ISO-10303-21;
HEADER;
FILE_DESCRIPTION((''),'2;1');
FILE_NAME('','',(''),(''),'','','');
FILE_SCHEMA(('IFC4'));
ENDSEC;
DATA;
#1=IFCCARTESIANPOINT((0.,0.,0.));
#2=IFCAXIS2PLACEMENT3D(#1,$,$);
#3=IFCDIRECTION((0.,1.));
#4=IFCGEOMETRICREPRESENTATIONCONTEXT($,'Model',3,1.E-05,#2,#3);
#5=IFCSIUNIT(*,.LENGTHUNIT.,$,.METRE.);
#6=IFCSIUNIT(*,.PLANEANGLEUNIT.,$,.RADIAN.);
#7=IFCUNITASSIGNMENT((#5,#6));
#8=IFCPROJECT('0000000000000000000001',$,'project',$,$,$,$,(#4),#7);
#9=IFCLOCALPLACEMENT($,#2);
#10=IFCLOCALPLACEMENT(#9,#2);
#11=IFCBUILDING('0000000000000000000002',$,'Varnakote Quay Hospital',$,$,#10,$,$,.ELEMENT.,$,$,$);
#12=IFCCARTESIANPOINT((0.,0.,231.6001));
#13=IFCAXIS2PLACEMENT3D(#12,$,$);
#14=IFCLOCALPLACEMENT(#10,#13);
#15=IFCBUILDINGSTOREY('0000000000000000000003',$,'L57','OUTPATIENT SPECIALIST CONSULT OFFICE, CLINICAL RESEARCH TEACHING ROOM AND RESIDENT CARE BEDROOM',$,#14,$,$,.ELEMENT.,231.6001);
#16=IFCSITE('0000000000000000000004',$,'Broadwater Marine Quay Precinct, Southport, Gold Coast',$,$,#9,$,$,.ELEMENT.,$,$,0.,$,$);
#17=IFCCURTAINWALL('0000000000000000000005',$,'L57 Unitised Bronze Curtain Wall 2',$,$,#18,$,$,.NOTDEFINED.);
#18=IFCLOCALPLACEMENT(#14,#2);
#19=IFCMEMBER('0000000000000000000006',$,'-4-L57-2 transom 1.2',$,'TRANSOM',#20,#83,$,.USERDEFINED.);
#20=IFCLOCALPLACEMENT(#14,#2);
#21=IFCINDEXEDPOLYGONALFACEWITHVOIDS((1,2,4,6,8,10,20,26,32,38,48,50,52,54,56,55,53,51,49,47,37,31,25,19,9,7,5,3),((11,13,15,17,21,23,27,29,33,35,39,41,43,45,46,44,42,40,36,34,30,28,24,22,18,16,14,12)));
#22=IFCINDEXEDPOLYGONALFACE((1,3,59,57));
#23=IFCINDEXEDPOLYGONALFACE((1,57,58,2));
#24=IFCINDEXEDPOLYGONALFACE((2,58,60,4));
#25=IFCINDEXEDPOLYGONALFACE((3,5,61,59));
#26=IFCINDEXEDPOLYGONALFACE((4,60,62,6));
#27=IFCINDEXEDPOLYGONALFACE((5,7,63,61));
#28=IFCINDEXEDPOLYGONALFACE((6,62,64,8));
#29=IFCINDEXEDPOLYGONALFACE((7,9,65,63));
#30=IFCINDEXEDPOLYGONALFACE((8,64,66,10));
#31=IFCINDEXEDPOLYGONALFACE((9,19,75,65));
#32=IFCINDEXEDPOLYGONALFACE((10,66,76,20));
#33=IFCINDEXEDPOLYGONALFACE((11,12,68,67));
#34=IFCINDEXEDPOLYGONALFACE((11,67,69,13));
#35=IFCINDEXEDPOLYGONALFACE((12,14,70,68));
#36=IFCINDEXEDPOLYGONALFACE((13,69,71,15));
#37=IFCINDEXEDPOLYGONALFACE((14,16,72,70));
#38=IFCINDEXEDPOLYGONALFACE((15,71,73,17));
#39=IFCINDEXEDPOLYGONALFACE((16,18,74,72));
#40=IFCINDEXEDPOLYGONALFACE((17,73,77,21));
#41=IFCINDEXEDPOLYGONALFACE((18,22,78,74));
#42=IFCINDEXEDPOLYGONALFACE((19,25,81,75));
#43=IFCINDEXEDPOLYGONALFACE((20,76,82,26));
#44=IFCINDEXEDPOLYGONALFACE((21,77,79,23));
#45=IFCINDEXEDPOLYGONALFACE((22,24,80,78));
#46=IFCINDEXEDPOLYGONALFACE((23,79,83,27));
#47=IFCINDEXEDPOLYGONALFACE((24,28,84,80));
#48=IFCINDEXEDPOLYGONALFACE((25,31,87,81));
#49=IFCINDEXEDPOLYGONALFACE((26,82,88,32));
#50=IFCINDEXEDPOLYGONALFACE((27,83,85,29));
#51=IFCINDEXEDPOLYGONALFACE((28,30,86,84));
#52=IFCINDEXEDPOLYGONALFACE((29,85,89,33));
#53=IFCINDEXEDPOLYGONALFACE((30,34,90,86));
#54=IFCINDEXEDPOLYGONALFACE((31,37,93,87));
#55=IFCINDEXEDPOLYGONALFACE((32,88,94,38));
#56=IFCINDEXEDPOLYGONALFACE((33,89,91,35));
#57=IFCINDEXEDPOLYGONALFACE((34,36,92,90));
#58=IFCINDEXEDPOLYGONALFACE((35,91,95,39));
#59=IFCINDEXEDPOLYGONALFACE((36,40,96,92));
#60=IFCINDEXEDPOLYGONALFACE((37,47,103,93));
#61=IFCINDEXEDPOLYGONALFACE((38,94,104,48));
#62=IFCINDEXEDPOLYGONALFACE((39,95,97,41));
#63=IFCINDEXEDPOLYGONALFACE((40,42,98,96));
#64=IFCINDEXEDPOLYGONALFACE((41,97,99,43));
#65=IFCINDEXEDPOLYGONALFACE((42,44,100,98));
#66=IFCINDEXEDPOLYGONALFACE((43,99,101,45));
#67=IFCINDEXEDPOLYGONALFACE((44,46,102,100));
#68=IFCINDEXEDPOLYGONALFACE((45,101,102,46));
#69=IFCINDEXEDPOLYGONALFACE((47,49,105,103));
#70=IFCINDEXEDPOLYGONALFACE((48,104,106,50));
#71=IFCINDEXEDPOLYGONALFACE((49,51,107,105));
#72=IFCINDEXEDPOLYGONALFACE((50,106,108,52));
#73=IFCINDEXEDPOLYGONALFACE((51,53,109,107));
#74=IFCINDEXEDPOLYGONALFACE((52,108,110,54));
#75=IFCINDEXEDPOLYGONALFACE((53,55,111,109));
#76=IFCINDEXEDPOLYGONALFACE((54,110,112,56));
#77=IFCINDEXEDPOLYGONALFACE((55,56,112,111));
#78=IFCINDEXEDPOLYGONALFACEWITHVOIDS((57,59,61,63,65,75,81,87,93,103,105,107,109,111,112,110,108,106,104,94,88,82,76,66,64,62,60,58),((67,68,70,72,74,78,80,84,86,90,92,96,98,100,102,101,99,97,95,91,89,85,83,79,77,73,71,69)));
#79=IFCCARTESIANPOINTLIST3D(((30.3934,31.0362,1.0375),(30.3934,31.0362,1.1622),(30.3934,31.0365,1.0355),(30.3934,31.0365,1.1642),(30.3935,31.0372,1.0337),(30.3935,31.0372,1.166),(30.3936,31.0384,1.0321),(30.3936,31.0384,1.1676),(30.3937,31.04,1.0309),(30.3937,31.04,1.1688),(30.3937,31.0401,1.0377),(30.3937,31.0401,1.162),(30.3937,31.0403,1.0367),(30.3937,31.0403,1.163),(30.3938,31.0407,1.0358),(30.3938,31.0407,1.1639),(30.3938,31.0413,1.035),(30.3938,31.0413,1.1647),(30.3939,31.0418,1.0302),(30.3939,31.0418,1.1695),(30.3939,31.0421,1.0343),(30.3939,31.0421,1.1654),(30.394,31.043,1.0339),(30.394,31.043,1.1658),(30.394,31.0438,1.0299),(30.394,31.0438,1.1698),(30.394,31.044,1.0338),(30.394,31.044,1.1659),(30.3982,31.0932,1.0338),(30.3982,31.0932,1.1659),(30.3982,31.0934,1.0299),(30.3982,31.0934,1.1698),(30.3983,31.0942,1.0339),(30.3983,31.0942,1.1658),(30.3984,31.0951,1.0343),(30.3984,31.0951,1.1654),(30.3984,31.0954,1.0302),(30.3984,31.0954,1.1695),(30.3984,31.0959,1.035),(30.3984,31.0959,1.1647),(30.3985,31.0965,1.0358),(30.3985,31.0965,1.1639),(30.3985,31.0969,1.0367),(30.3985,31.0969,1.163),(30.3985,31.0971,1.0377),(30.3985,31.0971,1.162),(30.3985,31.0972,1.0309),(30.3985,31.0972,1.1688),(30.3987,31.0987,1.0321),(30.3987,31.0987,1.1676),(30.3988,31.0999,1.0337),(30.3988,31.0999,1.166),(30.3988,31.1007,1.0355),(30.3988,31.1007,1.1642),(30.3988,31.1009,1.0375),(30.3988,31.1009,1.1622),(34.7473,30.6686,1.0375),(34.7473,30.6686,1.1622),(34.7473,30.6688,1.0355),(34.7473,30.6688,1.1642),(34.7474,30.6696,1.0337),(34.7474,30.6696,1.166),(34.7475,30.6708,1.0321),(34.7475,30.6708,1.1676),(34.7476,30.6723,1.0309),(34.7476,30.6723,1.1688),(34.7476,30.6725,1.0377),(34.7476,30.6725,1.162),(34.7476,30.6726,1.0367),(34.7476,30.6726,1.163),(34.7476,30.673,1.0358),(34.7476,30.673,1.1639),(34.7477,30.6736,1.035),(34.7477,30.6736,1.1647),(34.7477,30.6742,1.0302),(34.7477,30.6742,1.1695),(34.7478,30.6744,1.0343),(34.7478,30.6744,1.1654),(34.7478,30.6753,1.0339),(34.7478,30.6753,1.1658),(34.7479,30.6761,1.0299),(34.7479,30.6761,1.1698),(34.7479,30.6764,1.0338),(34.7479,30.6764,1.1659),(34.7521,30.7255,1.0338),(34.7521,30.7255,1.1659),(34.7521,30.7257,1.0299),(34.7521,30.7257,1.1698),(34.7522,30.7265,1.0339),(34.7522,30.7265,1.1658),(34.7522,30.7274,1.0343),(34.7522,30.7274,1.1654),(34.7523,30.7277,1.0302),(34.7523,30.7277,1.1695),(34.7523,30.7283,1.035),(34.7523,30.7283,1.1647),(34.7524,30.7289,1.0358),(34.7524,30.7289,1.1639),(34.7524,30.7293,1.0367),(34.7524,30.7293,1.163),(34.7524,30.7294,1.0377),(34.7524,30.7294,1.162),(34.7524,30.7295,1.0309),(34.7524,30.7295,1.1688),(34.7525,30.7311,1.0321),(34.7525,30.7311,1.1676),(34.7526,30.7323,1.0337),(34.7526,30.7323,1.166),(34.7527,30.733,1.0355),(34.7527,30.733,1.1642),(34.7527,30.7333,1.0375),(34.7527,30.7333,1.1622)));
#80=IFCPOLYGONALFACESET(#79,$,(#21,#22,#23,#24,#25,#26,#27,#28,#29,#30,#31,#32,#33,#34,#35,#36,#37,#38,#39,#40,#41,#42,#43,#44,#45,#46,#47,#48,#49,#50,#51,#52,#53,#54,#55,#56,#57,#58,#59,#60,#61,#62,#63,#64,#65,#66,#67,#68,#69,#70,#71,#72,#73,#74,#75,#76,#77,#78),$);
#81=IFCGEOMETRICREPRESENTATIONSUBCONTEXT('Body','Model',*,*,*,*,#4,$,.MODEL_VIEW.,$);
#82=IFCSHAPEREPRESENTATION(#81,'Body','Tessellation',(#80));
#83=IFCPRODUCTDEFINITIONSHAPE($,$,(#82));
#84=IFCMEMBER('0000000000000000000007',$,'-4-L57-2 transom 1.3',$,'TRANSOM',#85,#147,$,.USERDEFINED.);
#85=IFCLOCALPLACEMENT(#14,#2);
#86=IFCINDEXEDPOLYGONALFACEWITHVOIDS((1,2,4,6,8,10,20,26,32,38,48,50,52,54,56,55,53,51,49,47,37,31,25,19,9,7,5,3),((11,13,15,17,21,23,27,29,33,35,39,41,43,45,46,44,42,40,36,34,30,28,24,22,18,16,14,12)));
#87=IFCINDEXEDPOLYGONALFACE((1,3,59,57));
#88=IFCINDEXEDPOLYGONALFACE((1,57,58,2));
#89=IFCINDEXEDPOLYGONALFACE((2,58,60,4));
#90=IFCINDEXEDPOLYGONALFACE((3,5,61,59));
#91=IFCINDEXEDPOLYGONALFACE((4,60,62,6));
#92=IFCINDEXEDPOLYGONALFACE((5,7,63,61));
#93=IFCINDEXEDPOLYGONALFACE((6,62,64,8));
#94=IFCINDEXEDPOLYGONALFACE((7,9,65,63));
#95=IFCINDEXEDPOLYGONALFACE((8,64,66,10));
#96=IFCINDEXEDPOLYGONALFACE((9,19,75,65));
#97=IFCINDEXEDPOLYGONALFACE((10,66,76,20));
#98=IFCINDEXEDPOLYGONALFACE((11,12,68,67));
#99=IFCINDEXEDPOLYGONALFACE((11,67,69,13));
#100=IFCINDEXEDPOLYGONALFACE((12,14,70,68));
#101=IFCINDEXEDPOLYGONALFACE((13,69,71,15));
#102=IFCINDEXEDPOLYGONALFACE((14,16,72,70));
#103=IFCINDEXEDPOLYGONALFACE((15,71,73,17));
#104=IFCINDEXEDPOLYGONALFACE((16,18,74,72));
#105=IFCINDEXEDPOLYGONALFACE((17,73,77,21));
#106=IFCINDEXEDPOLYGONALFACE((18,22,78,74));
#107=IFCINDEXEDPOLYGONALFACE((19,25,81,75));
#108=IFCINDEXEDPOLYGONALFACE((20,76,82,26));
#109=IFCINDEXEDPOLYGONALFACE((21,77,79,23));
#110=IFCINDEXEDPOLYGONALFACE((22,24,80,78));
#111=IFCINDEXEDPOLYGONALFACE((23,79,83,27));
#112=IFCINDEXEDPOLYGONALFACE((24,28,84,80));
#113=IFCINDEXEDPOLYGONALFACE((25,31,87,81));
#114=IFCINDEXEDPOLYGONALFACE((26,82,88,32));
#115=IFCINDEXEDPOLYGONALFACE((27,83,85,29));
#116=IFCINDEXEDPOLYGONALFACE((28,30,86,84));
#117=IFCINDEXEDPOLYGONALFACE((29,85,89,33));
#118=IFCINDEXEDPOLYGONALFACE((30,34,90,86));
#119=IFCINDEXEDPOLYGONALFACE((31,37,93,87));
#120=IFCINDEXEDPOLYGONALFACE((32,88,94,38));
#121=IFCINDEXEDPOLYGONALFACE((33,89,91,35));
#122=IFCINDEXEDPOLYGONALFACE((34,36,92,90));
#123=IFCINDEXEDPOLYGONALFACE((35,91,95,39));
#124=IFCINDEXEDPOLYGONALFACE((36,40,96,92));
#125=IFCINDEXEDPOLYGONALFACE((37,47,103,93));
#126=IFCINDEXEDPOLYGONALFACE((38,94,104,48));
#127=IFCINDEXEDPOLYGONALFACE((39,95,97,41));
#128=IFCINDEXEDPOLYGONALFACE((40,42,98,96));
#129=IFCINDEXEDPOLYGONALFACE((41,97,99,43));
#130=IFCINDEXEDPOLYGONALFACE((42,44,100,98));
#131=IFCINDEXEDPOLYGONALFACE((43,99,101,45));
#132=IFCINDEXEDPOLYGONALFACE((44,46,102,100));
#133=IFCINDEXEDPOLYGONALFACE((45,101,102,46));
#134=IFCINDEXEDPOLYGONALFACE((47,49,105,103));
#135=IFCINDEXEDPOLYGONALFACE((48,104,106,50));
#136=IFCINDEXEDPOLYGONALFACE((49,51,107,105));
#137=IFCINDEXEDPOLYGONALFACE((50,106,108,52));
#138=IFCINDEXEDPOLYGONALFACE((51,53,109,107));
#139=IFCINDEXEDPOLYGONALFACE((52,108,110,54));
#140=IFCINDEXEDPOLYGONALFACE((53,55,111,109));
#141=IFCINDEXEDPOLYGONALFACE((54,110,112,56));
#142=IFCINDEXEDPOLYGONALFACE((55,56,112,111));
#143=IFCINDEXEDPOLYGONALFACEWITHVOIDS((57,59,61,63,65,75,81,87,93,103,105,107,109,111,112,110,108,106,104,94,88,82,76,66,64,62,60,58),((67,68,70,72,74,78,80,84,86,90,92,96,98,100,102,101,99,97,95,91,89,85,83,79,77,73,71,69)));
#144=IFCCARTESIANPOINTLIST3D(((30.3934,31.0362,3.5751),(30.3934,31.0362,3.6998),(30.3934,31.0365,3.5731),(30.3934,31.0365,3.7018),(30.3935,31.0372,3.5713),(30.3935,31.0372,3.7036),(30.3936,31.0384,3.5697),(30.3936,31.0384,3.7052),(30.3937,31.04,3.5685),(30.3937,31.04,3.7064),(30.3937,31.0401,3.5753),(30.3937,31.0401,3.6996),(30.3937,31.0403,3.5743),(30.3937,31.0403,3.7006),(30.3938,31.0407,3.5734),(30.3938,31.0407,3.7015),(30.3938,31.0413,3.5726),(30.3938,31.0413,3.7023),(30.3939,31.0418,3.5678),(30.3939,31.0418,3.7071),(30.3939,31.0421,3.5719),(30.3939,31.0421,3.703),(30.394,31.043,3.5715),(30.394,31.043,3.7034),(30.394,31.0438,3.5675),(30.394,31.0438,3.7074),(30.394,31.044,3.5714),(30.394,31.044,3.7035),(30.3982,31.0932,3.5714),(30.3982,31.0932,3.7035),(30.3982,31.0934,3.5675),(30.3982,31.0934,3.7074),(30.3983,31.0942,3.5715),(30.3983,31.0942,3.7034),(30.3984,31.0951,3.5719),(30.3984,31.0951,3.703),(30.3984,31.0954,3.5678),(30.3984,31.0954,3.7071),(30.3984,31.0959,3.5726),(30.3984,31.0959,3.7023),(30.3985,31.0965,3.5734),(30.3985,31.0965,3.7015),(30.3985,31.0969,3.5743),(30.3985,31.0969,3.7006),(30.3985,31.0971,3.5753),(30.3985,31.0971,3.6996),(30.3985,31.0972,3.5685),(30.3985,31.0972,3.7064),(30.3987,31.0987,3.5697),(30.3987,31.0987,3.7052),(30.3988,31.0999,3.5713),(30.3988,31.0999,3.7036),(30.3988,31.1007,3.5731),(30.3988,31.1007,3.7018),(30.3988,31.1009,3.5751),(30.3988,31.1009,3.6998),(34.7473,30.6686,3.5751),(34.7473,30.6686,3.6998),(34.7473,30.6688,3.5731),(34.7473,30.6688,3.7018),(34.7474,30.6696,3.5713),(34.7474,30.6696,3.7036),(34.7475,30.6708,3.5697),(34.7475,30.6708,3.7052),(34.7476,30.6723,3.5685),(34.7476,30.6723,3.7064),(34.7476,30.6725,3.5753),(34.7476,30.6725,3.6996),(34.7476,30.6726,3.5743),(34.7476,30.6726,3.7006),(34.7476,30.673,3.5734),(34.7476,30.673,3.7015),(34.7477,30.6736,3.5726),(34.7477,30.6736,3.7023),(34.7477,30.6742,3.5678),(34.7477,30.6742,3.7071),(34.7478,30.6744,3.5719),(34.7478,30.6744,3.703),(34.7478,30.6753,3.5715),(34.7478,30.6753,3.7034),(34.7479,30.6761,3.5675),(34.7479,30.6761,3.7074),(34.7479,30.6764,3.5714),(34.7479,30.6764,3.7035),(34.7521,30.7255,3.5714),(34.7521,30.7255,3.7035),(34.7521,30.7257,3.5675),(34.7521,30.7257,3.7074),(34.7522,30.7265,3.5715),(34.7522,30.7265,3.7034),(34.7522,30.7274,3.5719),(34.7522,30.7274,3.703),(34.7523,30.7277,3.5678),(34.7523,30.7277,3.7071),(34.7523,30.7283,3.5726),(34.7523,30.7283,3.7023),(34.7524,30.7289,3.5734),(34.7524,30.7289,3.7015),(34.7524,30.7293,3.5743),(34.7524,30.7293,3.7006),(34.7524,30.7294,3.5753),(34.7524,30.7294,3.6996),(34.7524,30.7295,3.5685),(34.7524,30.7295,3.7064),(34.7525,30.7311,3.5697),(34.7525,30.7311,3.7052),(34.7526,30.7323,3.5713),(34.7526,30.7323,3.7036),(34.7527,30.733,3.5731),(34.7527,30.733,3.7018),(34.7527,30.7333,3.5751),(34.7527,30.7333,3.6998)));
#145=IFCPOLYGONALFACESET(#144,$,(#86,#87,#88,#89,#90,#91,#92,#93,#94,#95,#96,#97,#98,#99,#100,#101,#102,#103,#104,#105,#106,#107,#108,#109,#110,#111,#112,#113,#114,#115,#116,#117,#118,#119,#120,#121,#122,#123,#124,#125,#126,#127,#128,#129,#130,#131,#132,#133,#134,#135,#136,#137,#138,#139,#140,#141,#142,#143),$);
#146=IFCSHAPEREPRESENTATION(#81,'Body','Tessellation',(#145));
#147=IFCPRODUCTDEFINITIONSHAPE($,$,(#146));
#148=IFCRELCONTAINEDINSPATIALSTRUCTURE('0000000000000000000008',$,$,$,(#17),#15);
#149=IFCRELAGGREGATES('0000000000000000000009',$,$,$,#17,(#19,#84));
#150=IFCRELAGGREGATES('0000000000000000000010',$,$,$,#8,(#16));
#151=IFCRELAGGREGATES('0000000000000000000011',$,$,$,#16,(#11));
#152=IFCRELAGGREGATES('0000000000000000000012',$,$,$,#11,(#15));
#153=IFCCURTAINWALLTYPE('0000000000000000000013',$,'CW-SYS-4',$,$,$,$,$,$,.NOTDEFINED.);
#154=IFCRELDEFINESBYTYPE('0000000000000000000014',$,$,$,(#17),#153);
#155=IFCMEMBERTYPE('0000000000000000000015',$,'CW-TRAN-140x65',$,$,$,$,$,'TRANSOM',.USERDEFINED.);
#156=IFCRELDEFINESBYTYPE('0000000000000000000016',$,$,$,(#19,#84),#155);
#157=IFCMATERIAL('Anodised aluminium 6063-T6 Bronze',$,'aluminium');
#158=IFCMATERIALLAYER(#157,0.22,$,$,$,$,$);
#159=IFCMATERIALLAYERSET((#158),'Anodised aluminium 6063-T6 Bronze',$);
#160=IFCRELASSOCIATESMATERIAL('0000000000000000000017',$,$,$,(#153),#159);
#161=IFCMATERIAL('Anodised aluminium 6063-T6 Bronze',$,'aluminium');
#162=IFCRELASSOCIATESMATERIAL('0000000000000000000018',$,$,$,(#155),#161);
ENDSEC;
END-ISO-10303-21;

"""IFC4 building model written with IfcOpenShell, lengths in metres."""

from ifc_helpers import new_model, si_unit, direction, frame, origin, origin_2d, place, context, subcontext, project, spatial, hollow_rectangle, extrude, material, layer, layer_set, material_profile, profile_set, type_object, element, aggregate, save


model = new_model("IFC4")

# Units and contexts
model_context = context("Model", 3, precision=1e-05, world=origin(), true_north=direction((0.0, 1.0)))
body_context = subcontext(model_context, "Body", "Model", "MODEL_VIEW")
ifc_project = project(units=[si_unit("LENGTHUNIT", "METRE"), si_unit("PLANEANGLEUNIT", "RADIAN")], contexts=[model_context])

# Site, building, storey
site_placement = place(None, origin())
site = spatial("IfcSite", under=ifc_project, at=site_placement, Name="Broadwater Marine Quay Precinct, Southport, Gold Coast", CompositionType="ELEMENT", RefElevation=0.0)
building_placement = place(site_placement, origin())
building = spatial("IfcBuilding", under=site, at=building_placement, Name="Varnakote Quay Hospital", CompositionType="ELEMENT")
storey_placement = place(building_placement, frame((0.0, 0.0, 231.6001)))
storey = spatial("IfcBuildingStorey", under=building, at=storey_placement, Name="L57", Description="OUTPATIENT SPECIALIST CONSULT OFFICE, CLINICAL RESEARCH TEACHING ROOM AND RESIDENT CARE BEDROOM", CompositionType="ELEMENT", Elevation=231.6001)

# Curtain wall, members
ifc_material_1 = material(Name="Anodised aluminium 6063-T6 Bronze", Category="aluminium")
ifc_layer_1 = layer(ifc_material_1, 0.22)
ifc_layer_set_1 = layer_set([ifc_layer_1], Name="Anodised aluminium 6063-T6 Bronze")
curtain_wall_type = type_object("IfcCurtainWallType", Name="CW-SYS-4", PredefinedType="NOTDEFINED", material=ifc_layer_set_1)
curtain_wall_placement = place(storey_placement, origin())
curtain_wall = element("IfcCurtainWall", 1, at=curtain_wall_placement, inside=storey, type_object=curtain_wall_type, Name="L57 Unitised Bronze Curtain Wall 2", PredefinedType="NOTDEFINED")
ifc_material_2 = material(Name="Anodised aluminium 6063-T6 Bronze", Category="aluminium")
ifc_material_profile_1 = material_profile(ifc_material_2, hollow_rectangle(XDim=0.0649, YDim=0.1399, WallThickness=0.0039, InnerFilletRadius=0.0039, OuterFilletRadius=0.0076, at=origin_2d()), Name="CW-TRAN-140x65")
ifc_profile_set_1 = profile_set([ifc_material_profile_1], Name="Anodised aluminium 6063-T6 Bronze")
member_type_1 = type_object("IfcMemberType", Name="CW-TRAN-140x65", ElementType="TRANSOM", PredefinedType="USERDEFINED", material=ifc_profile_set_1)
member_1_placement = place(storey_placement, frame((34.75, 30.7009, 1.0999), z_axis=(-0.996453, 0.084146, 0.0), x_axis=(-0.084146, -0.996453, 0.0)))
member_1 = element("IfcMember", 2, at=member_1_placement, type_object=member_type_1, Name="-4-L57-2 transom 1.2", ObjectType="TRANSOM", PredefinedType="USERDEFINED", context=body_context, shape_type="SweptSolid", body=[
    extrude(hollow_rectangle(XDim=0.0649, YDim=0.1399, WallThickness=0.0039, InnerFilletRadius=0.0039, OuterFilletRadius=0.0076, at=origin_2d()), origin(), (0.0, 0.0, 1.0), 4.3694),
])
member_2_placement = place(storey_placement, frame((34.75, 30.7009, 3.6375), z_axis=(-0.996453, 0.084146, 0.0), x_axis=(-0.084146, -0.996453, 0.0)))
member_2 = element("IfcMember", 3, at=member_2_placement, type_object=member_type_1, Name="-4-L57-2 transom 1.3", ObjectType="TRANSOM", PredefinedType="USERDEFINED", context=body_context, shape_type="SweptSolid", body=[
    extrude(hollow_rectangle(XDim=0.0649, YDim=0.1399, WallThickness=0.0039, InnerFilletRadius=0.0039, OuterFilletRadius=0.0076, at=origin_2d()), origin(), (0.0, 0.0, 1.0), 4.3694),
])

aggregate(curtain_wall, [member_1, member_2])

save(model, "model.ifc")
